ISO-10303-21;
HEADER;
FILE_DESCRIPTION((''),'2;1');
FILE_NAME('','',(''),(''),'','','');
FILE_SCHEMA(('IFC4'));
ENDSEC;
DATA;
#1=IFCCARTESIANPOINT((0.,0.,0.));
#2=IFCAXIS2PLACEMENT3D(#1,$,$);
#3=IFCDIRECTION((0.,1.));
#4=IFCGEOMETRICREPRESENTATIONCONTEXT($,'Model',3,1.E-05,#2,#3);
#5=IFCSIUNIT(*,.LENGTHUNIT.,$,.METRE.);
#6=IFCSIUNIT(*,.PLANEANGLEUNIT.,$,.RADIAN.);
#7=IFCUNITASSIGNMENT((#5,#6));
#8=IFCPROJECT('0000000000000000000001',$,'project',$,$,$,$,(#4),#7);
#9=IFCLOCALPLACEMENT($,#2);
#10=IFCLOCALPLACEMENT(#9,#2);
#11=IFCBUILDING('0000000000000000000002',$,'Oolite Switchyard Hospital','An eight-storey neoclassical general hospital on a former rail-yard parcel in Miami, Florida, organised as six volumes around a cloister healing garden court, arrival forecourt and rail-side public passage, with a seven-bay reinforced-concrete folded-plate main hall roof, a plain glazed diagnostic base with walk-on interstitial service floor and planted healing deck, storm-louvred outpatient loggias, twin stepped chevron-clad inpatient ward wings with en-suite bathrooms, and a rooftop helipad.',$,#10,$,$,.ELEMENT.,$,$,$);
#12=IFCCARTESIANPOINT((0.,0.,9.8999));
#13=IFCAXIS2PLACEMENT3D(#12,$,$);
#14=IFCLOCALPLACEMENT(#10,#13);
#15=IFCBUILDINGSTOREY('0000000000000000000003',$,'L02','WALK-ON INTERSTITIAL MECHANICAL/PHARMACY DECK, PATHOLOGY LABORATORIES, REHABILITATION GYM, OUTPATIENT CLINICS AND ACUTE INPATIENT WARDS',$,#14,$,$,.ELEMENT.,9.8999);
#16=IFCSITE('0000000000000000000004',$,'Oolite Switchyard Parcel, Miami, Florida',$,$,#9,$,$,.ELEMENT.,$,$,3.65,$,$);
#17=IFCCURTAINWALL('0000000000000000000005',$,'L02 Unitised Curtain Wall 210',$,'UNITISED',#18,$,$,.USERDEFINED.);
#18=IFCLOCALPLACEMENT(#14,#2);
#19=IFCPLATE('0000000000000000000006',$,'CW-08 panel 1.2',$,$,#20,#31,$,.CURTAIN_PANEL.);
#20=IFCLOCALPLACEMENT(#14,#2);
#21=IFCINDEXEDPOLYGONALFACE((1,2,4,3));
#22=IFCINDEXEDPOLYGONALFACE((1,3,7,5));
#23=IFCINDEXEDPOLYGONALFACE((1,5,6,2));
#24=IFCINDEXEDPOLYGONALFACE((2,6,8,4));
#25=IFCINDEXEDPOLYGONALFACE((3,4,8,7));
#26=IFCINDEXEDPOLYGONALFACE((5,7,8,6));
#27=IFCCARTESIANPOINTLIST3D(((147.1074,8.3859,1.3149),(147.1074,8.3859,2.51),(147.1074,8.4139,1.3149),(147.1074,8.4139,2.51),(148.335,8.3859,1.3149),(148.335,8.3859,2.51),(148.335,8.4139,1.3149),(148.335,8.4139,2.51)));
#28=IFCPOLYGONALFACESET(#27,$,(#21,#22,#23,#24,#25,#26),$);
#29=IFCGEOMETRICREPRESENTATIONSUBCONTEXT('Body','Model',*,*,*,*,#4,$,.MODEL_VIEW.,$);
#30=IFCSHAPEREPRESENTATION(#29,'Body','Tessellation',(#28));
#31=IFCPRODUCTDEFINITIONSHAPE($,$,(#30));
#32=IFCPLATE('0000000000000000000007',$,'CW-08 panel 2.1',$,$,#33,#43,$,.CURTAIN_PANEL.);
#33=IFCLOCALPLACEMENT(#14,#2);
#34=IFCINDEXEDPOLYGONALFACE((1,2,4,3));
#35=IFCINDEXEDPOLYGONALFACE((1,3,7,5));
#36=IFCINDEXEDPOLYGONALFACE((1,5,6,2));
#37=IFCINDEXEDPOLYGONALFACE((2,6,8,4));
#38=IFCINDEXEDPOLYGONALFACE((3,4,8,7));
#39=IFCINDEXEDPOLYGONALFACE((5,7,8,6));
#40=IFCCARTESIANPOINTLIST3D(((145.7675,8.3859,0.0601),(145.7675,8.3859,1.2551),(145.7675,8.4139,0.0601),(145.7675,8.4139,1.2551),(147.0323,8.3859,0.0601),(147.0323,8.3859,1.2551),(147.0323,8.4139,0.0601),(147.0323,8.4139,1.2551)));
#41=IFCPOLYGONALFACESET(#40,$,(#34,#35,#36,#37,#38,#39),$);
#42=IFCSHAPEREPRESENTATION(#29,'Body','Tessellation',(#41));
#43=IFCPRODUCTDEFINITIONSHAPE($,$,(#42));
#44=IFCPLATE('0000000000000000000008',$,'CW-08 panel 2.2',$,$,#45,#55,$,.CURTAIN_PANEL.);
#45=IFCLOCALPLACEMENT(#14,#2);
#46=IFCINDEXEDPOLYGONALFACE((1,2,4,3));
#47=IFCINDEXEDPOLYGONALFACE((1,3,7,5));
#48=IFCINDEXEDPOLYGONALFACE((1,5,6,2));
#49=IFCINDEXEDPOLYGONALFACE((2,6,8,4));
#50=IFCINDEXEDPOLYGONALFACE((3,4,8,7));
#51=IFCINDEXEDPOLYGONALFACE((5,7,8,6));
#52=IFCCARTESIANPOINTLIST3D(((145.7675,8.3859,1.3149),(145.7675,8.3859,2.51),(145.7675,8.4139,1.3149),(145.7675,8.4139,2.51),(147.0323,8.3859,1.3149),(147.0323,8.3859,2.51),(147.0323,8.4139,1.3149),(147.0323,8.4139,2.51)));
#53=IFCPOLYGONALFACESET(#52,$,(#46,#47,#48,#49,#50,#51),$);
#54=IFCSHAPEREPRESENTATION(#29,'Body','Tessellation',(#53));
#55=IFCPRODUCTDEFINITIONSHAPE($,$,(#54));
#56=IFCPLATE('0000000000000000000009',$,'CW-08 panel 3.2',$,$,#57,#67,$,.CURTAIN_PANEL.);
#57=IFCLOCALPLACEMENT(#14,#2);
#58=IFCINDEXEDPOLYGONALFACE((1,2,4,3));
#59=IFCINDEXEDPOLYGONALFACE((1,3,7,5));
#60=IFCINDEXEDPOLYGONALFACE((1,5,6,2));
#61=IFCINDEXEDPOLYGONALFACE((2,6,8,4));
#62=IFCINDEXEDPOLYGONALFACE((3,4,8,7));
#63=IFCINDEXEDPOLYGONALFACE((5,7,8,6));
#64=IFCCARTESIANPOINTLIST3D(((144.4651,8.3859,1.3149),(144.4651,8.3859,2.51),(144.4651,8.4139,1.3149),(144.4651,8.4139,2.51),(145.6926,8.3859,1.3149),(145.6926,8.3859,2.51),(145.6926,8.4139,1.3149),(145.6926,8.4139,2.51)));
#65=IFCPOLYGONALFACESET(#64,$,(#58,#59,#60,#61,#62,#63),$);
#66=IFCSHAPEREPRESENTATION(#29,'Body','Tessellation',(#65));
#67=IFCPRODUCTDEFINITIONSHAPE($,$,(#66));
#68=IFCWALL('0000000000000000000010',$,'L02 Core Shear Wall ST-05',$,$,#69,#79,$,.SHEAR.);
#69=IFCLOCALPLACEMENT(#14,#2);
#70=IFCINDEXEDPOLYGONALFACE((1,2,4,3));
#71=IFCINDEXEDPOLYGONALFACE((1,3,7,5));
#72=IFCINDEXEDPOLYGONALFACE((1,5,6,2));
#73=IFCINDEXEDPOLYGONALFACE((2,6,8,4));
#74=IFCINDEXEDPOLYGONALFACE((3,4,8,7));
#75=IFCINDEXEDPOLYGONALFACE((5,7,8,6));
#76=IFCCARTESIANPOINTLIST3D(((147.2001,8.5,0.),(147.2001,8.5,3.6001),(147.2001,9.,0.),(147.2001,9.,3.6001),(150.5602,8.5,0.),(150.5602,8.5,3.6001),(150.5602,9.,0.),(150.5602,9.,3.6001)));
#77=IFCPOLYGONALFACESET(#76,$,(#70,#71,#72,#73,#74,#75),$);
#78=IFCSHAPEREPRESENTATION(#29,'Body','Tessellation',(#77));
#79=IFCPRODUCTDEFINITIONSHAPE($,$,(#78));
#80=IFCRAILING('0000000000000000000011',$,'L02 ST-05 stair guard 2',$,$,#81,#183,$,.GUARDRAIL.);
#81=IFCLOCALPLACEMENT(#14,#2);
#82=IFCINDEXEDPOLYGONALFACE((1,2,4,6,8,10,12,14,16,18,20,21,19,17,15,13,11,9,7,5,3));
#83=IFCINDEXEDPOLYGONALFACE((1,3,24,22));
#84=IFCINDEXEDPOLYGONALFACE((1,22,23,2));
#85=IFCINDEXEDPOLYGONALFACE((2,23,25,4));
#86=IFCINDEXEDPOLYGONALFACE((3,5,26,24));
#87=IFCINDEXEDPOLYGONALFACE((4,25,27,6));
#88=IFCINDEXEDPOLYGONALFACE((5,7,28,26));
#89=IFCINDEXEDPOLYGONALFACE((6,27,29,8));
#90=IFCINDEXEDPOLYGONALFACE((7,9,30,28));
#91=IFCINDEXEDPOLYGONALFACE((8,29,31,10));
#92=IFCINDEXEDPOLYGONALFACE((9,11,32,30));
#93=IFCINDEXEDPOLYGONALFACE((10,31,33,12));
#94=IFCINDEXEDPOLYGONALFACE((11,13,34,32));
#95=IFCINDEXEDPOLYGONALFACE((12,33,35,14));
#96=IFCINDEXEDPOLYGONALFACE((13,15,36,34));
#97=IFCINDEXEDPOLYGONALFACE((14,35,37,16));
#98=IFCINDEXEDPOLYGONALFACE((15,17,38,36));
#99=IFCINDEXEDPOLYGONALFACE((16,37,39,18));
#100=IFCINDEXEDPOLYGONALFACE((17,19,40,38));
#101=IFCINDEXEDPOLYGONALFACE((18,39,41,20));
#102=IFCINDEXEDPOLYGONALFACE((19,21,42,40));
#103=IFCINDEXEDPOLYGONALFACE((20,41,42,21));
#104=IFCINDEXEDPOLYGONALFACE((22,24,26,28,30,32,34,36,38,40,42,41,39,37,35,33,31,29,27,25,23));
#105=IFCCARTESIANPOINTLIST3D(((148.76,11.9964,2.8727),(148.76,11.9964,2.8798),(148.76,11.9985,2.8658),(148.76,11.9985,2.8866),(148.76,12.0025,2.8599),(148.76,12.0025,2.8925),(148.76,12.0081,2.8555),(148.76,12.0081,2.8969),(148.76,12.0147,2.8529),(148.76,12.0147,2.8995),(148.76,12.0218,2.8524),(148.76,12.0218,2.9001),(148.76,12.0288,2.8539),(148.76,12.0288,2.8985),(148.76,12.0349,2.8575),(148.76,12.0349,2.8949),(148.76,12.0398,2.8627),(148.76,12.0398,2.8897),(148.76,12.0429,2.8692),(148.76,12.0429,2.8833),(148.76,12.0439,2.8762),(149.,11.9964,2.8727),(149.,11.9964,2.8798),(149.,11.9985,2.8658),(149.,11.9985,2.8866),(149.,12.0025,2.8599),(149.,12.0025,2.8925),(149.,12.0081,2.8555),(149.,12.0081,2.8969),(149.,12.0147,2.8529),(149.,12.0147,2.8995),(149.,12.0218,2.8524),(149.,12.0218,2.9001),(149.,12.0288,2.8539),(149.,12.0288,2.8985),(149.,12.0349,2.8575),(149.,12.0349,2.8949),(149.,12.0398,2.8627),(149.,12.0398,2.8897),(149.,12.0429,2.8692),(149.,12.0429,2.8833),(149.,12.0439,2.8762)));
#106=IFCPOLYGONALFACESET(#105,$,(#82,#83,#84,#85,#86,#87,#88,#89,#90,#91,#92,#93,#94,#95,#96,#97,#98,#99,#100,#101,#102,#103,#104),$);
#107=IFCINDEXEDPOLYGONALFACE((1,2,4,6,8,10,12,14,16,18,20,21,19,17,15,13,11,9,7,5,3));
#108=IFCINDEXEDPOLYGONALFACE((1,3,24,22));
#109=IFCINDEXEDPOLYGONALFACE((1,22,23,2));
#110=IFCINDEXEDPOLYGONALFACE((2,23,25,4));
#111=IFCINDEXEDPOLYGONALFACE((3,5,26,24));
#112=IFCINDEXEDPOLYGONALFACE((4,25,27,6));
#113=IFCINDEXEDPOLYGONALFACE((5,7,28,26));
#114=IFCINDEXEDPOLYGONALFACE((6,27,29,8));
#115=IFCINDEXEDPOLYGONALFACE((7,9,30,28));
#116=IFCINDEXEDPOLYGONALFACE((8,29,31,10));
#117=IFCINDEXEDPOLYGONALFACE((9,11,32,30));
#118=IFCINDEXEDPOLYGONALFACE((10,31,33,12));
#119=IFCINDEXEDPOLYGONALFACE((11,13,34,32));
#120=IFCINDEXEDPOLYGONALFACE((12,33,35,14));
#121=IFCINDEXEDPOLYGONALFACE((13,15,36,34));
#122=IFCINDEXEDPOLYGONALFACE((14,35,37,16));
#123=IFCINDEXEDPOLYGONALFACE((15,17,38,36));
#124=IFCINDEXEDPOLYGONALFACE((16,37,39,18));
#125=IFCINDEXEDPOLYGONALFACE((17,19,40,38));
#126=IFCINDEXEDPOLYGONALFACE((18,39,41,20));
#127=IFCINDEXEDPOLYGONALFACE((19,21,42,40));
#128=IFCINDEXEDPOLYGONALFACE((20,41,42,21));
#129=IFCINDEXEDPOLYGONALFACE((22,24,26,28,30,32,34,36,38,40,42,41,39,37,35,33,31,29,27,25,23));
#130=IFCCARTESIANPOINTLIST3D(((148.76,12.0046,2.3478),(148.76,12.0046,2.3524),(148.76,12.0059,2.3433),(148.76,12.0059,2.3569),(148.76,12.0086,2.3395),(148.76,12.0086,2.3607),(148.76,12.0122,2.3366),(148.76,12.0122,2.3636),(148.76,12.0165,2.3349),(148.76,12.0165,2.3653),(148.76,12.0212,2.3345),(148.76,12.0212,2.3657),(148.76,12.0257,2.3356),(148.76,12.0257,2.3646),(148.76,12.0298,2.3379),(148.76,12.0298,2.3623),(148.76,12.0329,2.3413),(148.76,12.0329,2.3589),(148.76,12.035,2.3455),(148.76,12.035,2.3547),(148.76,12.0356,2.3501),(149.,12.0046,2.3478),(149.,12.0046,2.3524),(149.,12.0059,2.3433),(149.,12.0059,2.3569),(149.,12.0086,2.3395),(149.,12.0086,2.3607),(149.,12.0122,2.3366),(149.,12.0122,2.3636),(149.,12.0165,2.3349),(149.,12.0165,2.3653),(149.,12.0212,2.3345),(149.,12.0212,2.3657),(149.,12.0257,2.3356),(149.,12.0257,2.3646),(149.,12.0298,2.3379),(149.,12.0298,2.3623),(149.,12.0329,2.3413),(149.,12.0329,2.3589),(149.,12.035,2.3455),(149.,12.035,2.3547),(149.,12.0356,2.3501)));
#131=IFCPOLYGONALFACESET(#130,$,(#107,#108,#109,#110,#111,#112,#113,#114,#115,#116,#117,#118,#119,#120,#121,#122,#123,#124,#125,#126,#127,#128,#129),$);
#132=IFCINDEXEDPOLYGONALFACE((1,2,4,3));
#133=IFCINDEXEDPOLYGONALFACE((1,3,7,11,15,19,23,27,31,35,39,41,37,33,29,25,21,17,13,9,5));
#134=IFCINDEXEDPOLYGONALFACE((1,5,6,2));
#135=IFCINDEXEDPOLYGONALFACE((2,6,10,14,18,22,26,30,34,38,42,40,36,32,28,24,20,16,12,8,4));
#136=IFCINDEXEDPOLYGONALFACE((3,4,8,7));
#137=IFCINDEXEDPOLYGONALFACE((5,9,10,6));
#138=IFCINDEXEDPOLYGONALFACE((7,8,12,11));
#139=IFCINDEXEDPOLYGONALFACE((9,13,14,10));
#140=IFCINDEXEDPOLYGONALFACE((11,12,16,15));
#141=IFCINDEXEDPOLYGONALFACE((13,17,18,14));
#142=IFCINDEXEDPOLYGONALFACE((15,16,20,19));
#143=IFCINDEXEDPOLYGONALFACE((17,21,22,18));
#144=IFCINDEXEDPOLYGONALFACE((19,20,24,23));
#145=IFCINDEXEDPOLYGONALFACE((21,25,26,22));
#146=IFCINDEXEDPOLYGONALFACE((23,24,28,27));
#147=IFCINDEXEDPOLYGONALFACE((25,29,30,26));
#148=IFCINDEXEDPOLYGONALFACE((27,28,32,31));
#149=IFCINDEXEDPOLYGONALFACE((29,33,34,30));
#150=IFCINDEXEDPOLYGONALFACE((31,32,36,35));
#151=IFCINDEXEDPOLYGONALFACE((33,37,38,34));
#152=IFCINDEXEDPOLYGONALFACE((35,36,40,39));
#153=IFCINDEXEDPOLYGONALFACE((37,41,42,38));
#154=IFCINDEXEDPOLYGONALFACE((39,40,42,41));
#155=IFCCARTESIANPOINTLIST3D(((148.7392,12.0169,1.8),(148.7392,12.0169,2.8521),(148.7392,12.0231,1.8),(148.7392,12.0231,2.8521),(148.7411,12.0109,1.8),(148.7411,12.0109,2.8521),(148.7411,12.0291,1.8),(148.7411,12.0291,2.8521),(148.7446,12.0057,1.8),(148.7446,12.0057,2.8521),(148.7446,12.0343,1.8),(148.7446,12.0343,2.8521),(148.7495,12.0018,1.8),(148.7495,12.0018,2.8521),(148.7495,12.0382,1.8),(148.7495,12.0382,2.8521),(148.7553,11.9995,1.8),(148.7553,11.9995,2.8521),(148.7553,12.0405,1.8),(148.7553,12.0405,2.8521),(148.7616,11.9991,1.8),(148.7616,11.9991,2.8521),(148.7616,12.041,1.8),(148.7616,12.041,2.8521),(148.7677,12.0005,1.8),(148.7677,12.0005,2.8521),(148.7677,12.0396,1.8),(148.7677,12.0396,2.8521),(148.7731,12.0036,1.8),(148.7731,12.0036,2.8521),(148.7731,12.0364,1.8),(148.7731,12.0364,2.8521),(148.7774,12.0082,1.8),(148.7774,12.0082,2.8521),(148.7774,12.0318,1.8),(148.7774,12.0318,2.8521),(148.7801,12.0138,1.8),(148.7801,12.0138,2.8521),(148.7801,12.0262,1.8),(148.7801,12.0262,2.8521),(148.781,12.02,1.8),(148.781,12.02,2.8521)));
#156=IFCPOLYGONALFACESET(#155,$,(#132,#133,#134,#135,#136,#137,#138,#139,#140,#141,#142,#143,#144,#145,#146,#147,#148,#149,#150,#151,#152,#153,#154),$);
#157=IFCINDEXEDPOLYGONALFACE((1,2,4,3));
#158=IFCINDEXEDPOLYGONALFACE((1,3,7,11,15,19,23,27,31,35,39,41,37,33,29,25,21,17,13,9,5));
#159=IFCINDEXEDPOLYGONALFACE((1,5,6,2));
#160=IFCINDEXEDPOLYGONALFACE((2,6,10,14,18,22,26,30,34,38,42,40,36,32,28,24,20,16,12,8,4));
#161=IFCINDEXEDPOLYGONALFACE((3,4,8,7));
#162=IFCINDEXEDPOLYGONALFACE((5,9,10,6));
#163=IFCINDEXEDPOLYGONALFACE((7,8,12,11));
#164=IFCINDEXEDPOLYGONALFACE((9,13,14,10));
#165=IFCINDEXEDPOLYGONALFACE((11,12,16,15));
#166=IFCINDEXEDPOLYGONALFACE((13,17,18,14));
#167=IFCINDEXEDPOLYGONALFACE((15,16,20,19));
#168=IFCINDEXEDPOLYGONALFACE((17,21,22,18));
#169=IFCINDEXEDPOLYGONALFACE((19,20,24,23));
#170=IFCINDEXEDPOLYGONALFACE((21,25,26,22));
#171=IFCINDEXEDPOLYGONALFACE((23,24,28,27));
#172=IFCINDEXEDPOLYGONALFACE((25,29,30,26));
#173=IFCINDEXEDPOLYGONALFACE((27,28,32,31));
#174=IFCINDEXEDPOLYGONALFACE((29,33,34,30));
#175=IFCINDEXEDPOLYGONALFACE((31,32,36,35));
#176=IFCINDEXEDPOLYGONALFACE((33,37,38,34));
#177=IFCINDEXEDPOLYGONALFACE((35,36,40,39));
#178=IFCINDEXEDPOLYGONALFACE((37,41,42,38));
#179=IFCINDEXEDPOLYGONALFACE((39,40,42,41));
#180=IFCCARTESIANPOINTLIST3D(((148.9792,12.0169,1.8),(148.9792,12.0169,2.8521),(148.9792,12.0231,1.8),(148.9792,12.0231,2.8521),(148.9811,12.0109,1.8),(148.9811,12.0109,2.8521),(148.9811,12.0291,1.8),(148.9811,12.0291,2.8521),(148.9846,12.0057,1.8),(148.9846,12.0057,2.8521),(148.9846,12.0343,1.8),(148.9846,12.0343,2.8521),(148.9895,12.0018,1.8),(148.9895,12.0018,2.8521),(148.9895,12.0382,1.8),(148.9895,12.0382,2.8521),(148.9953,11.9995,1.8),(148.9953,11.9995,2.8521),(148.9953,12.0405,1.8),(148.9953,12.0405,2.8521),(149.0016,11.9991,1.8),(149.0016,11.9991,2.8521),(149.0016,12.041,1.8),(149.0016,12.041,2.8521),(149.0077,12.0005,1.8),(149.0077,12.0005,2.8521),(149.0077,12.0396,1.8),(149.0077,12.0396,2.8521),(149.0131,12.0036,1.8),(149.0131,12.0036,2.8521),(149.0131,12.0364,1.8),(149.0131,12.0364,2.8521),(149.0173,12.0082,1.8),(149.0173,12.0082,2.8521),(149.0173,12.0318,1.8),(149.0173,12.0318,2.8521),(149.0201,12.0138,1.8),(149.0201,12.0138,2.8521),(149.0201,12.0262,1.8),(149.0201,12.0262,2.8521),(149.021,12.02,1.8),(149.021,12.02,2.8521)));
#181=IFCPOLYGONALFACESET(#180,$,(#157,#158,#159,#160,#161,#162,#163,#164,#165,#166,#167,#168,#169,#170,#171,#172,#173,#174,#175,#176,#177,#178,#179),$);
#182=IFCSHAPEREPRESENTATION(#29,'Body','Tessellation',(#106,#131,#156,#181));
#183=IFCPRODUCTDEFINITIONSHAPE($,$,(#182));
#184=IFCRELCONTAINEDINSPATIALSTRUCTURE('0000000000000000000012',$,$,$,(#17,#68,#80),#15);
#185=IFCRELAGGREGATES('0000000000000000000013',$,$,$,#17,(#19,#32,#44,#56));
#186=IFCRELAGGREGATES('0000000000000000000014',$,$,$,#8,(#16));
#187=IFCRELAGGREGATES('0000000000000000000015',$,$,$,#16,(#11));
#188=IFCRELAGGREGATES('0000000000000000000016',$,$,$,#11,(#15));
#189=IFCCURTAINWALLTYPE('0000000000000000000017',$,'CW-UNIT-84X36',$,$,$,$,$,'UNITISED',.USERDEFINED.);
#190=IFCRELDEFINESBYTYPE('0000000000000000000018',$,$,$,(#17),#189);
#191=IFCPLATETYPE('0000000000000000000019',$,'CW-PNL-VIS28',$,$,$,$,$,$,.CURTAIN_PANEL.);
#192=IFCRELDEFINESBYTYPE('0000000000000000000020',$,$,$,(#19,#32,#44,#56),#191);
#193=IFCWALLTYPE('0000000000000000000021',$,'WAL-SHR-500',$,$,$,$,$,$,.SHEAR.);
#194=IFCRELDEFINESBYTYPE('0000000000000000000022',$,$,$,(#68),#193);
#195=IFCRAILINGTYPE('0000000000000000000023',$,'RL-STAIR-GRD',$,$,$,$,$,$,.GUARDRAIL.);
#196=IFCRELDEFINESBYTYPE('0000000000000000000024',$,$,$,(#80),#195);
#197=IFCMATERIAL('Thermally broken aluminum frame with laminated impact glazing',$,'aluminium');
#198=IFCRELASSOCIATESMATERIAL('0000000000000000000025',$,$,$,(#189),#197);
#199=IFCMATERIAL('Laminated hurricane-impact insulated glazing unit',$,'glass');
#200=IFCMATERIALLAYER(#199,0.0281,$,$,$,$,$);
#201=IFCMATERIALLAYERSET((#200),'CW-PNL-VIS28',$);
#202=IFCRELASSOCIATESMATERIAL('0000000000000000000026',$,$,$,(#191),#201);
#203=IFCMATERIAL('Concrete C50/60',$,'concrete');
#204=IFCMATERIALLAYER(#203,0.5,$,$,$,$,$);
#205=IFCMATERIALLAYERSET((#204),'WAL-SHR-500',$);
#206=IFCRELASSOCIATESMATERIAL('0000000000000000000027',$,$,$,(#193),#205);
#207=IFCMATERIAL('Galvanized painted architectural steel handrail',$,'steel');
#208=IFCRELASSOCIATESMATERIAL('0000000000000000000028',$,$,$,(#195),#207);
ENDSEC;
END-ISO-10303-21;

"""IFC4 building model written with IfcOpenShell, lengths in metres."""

from ifc_helpers import new_model, si_unit, direction, frame, frame_2d, origin, origin_2d, place, context, subcontext, project, spatial, rectangle, circle, extrude, material, layer, layer_set, type_object, element, aggregate, save


model = new_model("IFC4")

# Units and contexts
model_context = context("Model", 3, precision=1e-05, world=origin(), true_north=direction((0.0, 1.0)))
body_context = subcontext(model_context, "Body", "Model", "MODEL_VIEW")
ifc_project = project(units=[si_unit("LENGTHUNIT", "METRE"), si_unit("PLANEANGLEUNIT", "RADIAN")], contexts=[model_context])

# Site, building, storey
site_placement = place(None, origin())
site = spatial("IfcSite", under=ifc_project, at=site_placement, Name="Oolite Switchyard Parcel, Miami, Florida", CompositionType="ELEMENT", RefElevation=3.65)
building_placement = place(site_placement, origin())
building = spatial("IfcBuilding", under=site, at=building_placement, Name="Oolite Switchyard Hospital", Description="An eight-storey neoclassical general hospital on a former rail-yard parcel in Miami, Florida, organised as six volumes around a cloister healing garden court, arrival forecourt and rail-side public passage, with a seven-bay reinforced-concrete folded-plate main hall roof, a plain glazed diagnostic base with walk-on interstitial service floor and planted healing deck, storm-louvred outpatient loggias, twin stepped chevron-clad inpatient ward wings with en-suite bathrooms, and a rooftop helipad.", CompositionType="ELEMENT")
storey_placement = place(building_placement, frame((0.0, 0.0, 9.8999)))
storey = spatial("IfcBuildingStorey", under=building, at=storey_placement, Name="L02", Description="WALK-ON INTERSTITIAL MECHANICAL/PHARMACY DECK, PATHOLOGY LABORATORIES, REHABILITATION GYM, OUTPATIENT CLINICS AND ACUTE INPATIENT WARDS", CompositionType="ELEMENT", Elevation=9.8999)

# Curtain wall, plates
ifc_material_1 = material(Name="Thermally broken aluminum frame with laminated impact glazing", Category="aluminium")
curtain_wall_type = type_object("IfcCurtainWallType", Name="CW-UNIT-84X36", ElementType="UNITISED", PredefinedType="USERDEFINED", material=ifc_material_1)
curtain_wall_placement = place(storey_placement, origin())
curtain_wall = element("IfcCurtainWall", 1, at=curtain_wall_placement, inside=storey, type_object=curtain_wall_type, Name="L02 Unitised Curtain Wall 210", ObjectType="UNITISED", PredefinedType="USERDEFINED")
ifc_material_2 = material(Name="Laminated hurricane-impact insulated glazing unit", Category="glass")
ifc_layer_1 = layer(ifc_material_2, 0.0281)
ifc_layer_set_1 = layer_set([ifc_layer_1], Name="CW-PNL-VIS28")
plate_type = type_object("IfcPlateType", Name="CW-PNL-VIS28", PredefinedType="CURTAIN_PANEL", material=ifc_layer_set_1)
plate_1_placement = place(storey_placement, frame((147.7212, 8.3999, 1.3149), z_axis=(0.0, 0.0, 1.0), x_axis=(-1.0, 0.0, 0.0)))
plate_1 = element("IfcPlate", 2, at=plate_1_placement, type_object=plate_type, Name="CW-08 panel 1.2", PredefinedType="CURTAIN_PANEL", context=body_context, shape_type="SweptSolid", body=[
    extrude(rectangle(XDim=1.2275, YDim=0.0281, at=origin_2d()), origin(), (0.0, 0.0, 1.0), 1.1951),
])
plate_2_placement = place(storey_placement, frame((146.3999, 8.3999, 0.0601), z_axis=(0.0, 0.0, 1.0), x_axis=(-1.0, 0.0, 0.0)))
plate_2 = element("IfcPlate", 3, at=plate_2_placement, type_object=plate_type, Name="CW-08 panel 2.1", PredefinedType="CURTAIN_PANEL", context=body_context, shape_type="SweptSolid", body=[
    extrude(rectangle(XDim=1.2649, YDim=0.0281, at=origin_2d()), origin(), (0.0, 0.0, 1.0), 1.1951),
])
plate_3_placement = place(storey_placement, frame((146.3999, 8.3999, 1.3149), z_axis=(0.0, 0.0, 1.0), x_axis=(-1.0, 0.0, 0.0)))
plate_3 = element("IfcPlate", 4, at=plate_3_placement, type_object=plate_type, Name="CW-08 panel 2.2", PredefinedType="CURTAIN_PANEL", context=body_context, shape_type="SweptSolid", body=[
    extrude(rectangle(XDim=1.2649, YDim=0.0281, at=origin_2d()), origin(), (0.0, 0.0, 1.0), 1.1951),
])
plate_4_placement = place(storey_placement, frame((145.0789, 8.3999, 1.3149), z_axis=(0.0, 0.0, 1.0), x_axis=(-1.0, 0.0, 0.0)))
plate_4 = element("IfcPlate", 5, at=plate_4_placement, type_object=plate_type, Name="CW-08 panel 3.2", PredefinedType="CURTAIN_PANEL", context=body_context, shape_type="SweptSolid", body=[
    extrude(rectangle(XDim=1.2275, YDim=0.0281, at=origin_2d()), origin(), (0.0, 0.0, 1.0), 1.1951),
])
aggregate(curtain_wall, [plate_1, plate_2, plate_3, plate_4])

# Wall
ifc_material_3 = material(Name="Concrete C50/60", Category="concrete")
ifc_layer_2 = layer(ifc_material_3, 0.5)
ifc_layer_set_2 = layer_set([ifc_layer_2], Name="WAL-SHR-500")
wall_type = type_object("IfcWallType", Name="WAL-SHR-500", PredefinedType="SHEAR", material=ifc_layer_set_2)
wall_placement = place(storey_placement, frame((147.2, 8.75, 0.0), z_axis=(0.0, 0.0, 1.0), x_axis=(1.0, 0.0, 0.0)))
element("IfcWall", 6, at=wall_placement, inside=storey, type_object=wall_type, Name="L02 Core Shear Wall ST-05", PredefinedType="SHEAR", context=body_context, shape_type="SweptSolid", body=[
    extrude(rectangle(XDim=3.3601, YDim=0.5, at=frame_2d((1.6802, 0.0))), origin(), (0.0, 0.0, 1.0), 3.6001),
])

# Railing
ifc_material_4 = material(Name="Galvanized painted architectural steel handrail", Category="steel")
railing_type = type_object("IfcRailingType", Name="RL-STAIR-GRD", PredefinedType="GUARDRAIL", material=ifc_material_4)
railing_1_placement = place(storey_placement, frame((148.76, 12.02, 1.8)))
element("IfcRailing", 7, at=railing_1_placement, inside=storey, type_object=railing_type, Name="L02 ST-05 stair guard 2", PredefinedType="GUARDRAIL", context=body_context, shape_type="SweptSolid", body=[
    extrude(circle(Radius=0.0239, at=origin_2d()), frame((0.0, 0.0, 1.0762), z_axis=(1.0, 0.0, 0.0), x_axis=(0.0, 1.0, 0.0)), (0.0, 0.0, 1.0), 0.24),
    extrude(circle(Radius=0.0156, at=origin_2d()), frame((0.0, 0.0, 0.55), z_axis=(1.0, 0.0, 0.0), x_axis=(0.0, 1.0, 0.0)), (0.0, 0.0, 1.0), 0.24),
    extrude(circle(Radius=0.021, at=origin_2d()), origin(), (0.0, 0.0, 1.0), 1.052),
    extrude(circle(Radius=0.021, at=origin_2d()), frame((0.24, 0.0, 0.0)), (0.0, 0.0, 1.0), 1.052),
])

save(model, "model.ifc")
